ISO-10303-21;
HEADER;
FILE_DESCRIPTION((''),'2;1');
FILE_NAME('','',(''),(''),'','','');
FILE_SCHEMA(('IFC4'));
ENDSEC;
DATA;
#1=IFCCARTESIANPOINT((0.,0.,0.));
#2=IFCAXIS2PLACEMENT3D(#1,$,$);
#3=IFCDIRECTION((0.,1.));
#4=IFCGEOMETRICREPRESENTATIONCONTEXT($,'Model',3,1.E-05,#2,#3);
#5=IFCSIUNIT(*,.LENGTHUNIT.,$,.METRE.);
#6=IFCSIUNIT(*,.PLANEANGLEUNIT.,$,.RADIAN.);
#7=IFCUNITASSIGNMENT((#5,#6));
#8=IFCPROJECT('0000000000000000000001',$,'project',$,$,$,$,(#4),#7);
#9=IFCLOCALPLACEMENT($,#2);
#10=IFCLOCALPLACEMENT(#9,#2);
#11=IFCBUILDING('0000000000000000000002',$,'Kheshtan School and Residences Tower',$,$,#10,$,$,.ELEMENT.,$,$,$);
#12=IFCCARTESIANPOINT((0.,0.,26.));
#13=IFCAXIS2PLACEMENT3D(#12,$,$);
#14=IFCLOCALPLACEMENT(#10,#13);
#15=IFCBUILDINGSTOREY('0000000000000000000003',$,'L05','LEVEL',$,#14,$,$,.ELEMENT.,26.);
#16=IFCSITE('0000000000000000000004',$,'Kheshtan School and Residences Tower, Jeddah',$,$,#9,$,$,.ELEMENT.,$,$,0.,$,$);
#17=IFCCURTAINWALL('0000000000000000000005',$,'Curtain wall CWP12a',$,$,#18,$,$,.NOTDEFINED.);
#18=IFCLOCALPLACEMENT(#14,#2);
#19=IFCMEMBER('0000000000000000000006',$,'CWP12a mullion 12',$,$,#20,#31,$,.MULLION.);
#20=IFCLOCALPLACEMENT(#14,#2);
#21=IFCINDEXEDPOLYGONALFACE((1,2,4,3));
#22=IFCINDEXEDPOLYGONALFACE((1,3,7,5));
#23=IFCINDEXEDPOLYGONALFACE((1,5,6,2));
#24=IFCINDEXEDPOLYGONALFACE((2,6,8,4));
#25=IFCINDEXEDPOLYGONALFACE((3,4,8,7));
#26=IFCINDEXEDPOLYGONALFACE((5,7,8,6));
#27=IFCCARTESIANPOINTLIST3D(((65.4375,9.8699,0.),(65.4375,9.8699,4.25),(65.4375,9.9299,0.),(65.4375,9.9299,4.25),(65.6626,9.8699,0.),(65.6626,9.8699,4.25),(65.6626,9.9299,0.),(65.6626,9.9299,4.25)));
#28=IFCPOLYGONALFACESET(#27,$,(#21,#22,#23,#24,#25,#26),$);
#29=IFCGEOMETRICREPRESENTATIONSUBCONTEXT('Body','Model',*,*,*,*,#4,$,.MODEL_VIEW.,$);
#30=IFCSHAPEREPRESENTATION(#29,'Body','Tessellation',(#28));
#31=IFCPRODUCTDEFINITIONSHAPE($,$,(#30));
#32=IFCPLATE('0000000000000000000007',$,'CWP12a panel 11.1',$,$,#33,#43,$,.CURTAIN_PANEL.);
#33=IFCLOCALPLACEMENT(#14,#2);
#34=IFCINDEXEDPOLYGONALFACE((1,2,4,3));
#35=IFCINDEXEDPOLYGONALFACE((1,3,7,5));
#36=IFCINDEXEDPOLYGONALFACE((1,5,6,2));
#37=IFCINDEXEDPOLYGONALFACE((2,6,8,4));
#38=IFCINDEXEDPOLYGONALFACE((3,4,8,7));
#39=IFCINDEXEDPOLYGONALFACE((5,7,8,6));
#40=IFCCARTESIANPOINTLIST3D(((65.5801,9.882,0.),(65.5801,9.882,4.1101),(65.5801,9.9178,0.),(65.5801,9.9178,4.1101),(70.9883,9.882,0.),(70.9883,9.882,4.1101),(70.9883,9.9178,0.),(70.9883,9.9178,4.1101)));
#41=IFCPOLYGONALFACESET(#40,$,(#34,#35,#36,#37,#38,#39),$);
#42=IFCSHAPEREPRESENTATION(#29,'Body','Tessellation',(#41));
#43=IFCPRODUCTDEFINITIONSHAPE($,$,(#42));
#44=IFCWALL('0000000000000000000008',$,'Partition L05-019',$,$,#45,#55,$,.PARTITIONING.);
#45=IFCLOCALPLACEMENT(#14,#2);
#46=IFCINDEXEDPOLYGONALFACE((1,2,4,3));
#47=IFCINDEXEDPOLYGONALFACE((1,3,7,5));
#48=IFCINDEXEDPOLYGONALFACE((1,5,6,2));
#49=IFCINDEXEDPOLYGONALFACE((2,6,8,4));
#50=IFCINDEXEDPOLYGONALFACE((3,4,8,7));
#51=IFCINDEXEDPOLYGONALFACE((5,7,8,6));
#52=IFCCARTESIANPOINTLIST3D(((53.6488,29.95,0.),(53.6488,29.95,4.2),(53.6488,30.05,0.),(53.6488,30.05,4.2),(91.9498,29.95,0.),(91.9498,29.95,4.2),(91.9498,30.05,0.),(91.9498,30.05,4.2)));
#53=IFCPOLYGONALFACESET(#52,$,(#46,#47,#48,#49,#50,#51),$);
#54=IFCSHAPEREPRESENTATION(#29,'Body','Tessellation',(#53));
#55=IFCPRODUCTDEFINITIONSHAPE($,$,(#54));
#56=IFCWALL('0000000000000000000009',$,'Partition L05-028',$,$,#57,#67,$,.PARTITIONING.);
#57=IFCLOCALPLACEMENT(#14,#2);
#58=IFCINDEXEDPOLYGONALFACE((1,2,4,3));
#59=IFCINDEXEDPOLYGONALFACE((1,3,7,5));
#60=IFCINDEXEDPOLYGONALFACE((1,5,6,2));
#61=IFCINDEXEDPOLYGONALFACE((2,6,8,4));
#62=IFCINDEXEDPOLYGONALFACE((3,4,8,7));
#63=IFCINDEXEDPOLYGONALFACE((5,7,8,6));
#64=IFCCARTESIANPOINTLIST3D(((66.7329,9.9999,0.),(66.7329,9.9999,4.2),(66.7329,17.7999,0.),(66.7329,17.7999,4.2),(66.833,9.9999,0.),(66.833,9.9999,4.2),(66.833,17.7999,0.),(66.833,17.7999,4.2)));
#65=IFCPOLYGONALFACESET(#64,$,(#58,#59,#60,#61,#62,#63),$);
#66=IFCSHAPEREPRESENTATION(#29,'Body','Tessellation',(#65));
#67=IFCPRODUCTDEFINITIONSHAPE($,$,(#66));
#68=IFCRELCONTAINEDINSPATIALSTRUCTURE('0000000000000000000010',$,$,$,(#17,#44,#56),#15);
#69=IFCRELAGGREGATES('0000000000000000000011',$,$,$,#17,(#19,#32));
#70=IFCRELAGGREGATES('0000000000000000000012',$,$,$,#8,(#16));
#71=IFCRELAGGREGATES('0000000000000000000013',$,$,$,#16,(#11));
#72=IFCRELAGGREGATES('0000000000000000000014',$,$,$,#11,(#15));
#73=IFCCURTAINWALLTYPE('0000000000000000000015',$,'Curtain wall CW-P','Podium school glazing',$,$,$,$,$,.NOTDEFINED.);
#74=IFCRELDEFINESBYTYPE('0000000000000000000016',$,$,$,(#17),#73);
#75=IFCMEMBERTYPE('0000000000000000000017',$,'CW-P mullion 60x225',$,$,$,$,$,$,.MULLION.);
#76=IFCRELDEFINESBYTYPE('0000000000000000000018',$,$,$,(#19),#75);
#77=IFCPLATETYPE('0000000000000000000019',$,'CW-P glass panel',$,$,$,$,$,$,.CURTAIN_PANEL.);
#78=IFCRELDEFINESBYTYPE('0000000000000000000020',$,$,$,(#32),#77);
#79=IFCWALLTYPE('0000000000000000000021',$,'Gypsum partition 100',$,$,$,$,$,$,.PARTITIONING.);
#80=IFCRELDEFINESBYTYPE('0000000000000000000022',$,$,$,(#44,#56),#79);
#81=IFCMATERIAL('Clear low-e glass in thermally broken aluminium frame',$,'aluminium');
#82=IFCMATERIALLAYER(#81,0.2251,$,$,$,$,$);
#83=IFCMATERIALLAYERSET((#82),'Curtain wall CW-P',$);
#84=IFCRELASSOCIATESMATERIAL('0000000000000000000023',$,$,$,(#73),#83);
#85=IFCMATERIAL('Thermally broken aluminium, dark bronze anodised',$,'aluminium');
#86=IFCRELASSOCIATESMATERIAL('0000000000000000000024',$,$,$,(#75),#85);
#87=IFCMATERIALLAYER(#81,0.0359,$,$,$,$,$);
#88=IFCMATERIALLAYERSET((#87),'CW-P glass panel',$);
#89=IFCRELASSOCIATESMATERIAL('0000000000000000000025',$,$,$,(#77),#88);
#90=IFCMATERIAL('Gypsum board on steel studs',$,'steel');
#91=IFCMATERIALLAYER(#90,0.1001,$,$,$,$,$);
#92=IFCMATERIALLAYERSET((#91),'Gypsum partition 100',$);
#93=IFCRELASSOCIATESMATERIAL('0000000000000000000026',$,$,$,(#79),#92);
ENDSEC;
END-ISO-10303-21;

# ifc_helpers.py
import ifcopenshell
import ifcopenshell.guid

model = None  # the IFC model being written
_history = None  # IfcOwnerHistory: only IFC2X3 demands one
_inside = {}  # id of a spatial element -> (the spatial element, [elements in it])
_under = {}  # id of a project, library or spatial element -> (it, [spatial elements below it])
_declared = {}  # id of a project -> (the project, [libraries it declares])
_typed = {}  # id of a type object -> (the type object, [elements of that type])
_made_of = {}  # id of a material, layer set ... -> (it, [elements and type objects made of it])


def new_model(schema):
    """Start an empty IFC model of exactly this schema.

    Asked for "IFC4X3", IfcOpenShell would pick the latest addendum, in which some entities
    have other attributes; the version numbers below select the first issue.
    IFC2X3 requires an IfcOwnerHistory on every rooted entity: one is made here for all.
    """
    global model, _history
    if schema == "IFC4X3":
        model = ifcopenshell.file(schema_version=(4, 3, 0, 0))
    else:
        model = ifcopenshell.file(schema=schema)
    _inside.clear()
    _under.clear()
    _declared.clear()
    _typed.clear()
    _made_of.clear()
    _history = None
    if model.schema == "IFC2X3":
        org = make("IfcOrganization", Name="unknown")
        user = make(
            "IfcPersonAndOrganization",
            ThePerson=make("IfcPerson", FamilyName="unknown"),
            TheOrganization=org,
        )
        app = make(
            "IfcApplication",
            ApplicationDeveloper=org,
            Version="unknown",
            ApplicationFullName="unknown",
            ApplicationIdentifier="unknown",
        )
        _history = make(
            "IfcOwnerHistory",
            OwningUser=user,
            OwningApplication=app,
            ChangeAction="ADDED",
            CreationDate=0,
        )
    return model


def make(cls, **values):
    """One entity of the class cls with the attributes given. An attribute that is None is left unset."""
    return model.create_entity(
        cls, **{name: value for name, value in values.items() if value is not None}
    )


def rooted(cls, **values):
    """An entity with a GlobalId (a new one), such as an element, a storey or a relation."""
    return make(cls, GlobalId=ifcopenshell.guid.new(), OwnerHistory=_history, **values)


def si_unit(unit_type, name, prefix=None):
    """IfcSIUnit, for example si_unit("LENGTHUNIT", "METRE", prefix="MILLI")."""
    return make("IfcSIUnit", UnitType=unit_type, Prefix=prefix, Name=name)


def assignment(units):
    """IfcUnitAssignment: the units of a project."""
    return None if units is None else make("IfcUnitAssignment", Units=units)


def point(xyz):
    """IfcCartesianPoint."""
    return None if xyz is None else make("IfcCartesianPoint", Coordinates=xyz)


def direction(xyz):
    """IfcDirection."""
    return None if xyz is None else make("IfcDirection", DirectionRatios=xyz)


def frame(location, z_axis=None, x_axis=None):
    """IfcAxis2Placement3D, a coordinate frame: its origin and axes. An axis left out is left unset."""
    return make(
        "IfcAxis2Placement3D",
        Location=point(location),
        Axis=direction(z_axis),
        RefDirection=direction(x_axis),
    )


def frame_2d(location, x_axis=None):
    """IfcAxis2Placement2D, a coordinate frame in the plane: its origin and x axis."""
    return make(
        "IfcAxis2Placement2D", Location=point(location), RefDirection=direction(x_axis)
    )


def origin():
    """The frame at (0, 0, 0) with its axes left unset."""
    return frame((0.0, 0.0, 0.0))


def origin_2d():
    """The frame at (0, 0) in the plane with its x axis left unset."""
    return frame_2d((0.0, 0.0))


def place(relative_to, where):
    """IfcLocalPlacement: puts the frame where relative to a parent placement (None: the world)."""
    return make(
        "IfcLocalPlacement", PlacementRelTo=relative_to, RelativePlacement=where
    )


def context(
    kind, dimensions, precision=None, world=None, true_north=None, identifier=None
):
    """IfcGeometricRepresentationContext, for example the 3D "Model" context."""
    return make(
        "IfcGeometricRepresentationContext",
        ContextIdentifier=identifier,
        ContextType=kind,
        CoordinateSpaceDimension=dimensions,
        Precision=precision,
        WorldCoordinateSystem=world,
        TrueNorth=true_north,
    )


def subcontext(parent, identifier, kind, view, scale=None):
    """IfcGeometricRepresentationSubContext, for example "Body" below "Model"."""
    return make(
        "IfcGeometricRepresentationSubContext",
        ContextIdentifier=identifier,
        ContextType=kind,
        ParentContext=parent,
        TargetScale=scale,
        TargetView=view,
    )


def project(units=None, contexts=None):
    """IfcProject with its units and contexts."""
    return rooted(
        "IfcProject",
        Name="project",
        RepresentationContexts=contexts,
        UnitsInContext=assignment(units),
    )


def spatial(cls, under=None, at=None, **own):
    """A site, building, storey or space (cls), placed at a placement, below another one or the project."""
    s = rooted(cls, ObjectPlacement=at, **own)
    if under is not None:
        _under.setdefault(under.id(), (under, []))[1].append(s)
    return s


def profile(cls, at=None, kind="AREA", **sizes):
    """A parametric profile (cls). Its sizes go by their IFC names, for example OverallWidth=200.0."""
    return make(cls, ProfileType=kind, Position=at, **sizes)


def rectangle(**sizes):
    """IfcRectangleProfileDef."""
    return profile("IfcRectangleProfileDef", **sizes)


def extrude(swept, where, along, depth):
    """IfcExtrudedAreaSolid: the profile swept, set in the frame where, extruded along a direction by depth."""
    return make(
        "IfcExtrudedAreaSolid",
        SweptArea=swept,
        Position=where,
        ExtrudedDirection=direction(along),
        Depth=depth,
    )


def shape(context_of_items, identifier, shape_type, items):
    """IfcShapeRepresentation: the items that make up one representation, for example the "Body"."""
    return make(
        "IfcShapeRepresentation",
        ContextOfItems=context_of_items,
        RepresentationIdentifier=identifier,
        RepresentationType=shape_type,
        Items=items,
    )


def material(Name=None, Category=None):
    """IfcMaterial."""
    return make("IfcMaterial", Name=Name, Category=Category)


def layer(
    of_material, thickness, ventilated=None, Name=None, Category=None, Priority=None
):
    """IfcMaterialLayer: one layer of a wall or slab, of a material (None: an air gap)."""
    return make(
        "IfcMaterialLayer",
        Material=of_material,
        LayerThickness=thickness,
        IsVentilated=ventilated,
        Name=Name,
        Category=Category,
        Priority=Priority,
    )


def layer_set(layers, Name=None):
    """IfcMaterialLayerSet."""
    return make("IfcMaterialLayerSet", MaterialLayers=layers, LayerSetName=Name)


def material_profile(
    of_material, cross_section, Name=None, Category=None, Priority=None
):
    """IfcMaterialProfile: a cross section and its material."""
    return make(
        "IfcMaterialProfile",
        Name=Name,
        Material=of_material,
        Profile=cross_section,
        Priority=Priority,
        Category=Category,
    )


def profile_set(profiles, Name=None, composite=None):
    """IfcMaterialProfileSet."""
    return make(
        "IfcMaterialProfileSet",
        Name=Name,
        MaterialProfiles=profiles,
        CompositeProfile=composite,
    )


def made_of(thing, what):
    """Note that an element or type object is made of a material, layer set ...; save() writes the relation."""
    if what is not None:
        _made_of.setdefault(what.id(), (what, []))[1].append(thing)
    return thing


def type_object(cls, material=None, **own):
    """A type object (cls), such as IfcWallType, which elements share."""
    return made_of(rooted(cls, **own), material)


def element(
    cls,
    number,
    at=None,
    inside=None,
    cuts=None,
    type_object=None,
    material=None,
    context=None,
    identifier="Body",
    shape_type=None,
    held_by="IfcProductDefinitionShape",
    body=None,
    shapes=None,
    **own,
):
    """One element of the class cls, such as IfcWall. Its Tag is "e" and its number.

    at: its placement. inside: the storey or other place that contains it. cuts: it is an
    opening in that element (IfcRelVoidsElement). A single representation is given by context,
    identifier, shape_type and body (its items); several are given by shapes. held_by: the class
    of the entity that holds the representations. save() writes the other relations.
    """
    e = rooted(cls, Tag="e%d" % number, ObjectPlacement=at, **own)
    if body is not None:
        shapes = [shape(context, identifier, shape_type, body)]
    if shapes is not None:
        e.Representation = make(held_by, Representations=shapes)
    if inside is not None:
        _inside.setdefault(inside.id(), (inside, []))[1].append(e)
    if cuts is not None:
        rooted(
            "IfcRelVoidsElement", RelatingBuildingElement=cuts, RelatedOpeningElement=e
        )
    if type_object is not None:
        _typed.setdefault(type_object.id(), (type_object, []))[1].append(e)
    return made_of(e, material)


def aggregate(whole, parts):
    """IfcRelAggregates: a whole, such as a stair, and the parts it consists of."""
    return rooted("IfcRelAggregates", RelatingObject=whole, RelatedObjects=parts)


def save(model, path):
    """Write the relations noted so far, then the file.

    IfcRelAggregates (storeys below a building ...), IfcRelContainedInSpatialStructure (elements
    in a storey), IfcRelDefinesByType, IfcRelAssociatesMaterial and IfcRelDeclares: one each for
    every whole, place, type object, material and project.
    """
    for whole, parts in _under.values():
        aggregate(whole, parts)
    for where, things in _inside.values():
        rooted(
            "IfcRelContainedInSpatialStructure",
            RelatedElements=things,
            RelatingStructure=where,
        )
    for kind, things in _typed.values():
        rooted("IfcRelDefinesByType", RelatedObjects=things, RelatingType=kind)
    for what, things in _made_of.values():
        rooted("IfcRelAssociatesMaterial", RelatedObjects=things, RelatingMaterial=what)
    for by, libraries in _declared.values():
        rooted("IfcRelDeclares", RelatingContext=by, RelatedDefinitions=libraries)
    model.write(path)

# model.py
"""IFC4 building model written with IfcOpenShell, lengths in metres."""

from ifc_helpers import new_model, si_unit, direction, frame, frame_2d, origin, origin_2d, place, context, subcontext, project, spatial, rectangle, extrude, material, layer, layer_set, material_profile, profile_set, type_object, element, aggregate, save


model = new_model("IFC4")

# Units and contexts
model_context = context("Model", 3, precision=1e-05, world=origin(), true_north=direction((0.0, 1.0)))
body_context = subcontext(model_context, "Body", "Model", "MODEL_VIEW")
ifc_project = project(units=[si_unit("LENGTHUNIT", "METRE"), si_unit("PLANEANGLEUNIT", "RADIAN")], contexts=[model_context])

# Site, building, storey
site_placement = place(None, origin())
site = spatial("IfcSite", under=ifc_project, at=site_placement, Name="Kheshtan School and Residences Tower, Jeddah", CompositionType="ELEMENT", RefElevation=0.0)
building_placement = place(site_placement, origin())
building = spatial("IfcBuilding", under=site, at=building_placement, Name="Kheshtan School and Residences Tower", CompositionType="ELEMENT")
storey_placement = place(building_placement, frame((0.0, 0.0, 26.0)))
storey = spatial("IfcBuildingStorey", under=building, at=storey_placement, Name="L05", Description="LEVEL", CompositionType="ELEMENT", Elevation=26.0)

# Curtain wall, member, plate
ifc_material_1 = material(Name="Clear low-e glass in thermally broken aluminium frame", Category="aluminium")
ifc_layer_1 = layer(ifc_material_1, 0.2251)
ifc_layer_set_1 = layer_set([ifc_layer_1], Name="Curtain wall CW-P")
curtain_wall_type = type_object("IfcCurtainWallType", Name="Curtain wall CW-P", Description="Podium school glazing", PredefinedType="NOTDEFINED", material=ifc_layer_set_1)
curtain_wall_placement = place(storey_placement, origin())
curtain_wall = element("IfcCurtainWall", 1, at=curtain_wall_placement, inside=storey, type_object=curtain_wall_type, Name="Curtain wall CWP12a", PredefinedType="NOTDEFINED")
ifc_material_2 = material(Name="Thermally broken aluminium, dark bronze anodised", Category="aluminium")
ifc_material_profile_1 = material_profile(ifc_material_2, rectangle(XDim=0.0601, YDim=0.2251, at=origin_2d()), Name="CW-P mullion 60x225")
ifc_profile_set_1 = profile_set([ifc_material_profile_1], Name="Thermally broken aluminium, dark bronze anodised")
member_type = type_object("IfcMemberType", Name="CW-P mullion 60x225", PredefinedType="MULLION", material=ifc_profile_set_1)
member_placement = place(storey_placement, frame((65.55, 9.8999, 0.0), z_axis=(0.0, 0.0, 1.0), x_axis=(0.0, -1.0, 0.0)))
member = element("IfcMember", 2, at=member_placement, type_object=member_type, Name="CWP12a mullion 12", PredefinedType="MULLION", context=body_context, shape_type="SweptSolid", body=[
    extrude(rectangle(XDim=0.0601, YDim=0.2251, at=origin_2d()), origin(), (0.0, 0.0, 1.0), 4.25),
])
ifc_layer_2 = layer(ifc_material_1, 0.0359)
ifc_layer_set_2 = layer_set([ifc_layer_2], Name="CW-P glass panel")
plate_type = type_object("IfcPlateType", Name="CW-P glass panel", PredefinedType="CURTAIN_PANEL", material=ifc_layer_set_2)
plate_placement = place(storey_placement, frame((68.2842, 9.8999, 0.0), z_axis=(0.0, 0.0, 1.0), x_axis=(-1.0, 0.0, 0.0)))
plate = element("IfcPlate", 3, at=plate_placement, type_object=plate_type, Name="CWP12a panel 11.1", PredefinedType="CURTAIN_PANEL", context=body_context, shape_type="SweptSolid", body=[
    extrude(rectangle(XDim=5.4082, YDim=0.0359, at=origin_2d()), origin(), (0.0, 0.0, 1.0), 4.1101),
])
aggregate(curtain_wall, [member, plate])

# Walls
ifc_material_3 = material(Name="Gypsum board on steel studs", Category="steel")
ifc_layer_3 = layer(ifc_material_3, 0.1001)
ifc_layer_set_3 = layer_set([ifc_layer_3], Name="Gypsum partition 100")
wall_type_1 = type_object("IfcWallType", Name="Gypsum partition 100", PredefinedType="PARTITIONING", material=ifc_layer_set_3)
wall_1_placement = place(storey_placement, frame((53.6489, 30.0, 0.0), z_axis=(0.0, 0.0, 1.0), x_axis=(1.0, 0.0, 0.0)))
element("IfcWall", 4, at=wall_1_placement, inside=storey, type_object=wall_type_1, Name="Partition L05-019", PredefinedType="PARTITIONING", context=body_context, shape_type="SweptSolid", body=[
    extrude(rectangle(XDim=38.301, YDim=0.1001, at=frame_2d((19.1504, 0.0))), origin(), (0.0, 0.0, 1.0), 4.2),
])
wall_2_placement = place(storey_placement, frame((66.783, 10.0, 0.0), z_axis=(0.0, 0.0, 1.0), x_axis=(0.0, 1.0, 0.0)))
element("IfcWall", 5, at=wall_2_placement, inside=storey, type_object=wall_type_1, Name="Partition L05-028", PredefinedType="PARTITIONING", context=body_context, shape_type="SweptSolid", body=[
    extrude(rectangle(XDim=7.8, YDim=0.1001, at=frame_2d((3.8999, 0.0))), origin(), (0.0, 0.0, 1.0), 4.2),
])

save(model, "model.ifc")
